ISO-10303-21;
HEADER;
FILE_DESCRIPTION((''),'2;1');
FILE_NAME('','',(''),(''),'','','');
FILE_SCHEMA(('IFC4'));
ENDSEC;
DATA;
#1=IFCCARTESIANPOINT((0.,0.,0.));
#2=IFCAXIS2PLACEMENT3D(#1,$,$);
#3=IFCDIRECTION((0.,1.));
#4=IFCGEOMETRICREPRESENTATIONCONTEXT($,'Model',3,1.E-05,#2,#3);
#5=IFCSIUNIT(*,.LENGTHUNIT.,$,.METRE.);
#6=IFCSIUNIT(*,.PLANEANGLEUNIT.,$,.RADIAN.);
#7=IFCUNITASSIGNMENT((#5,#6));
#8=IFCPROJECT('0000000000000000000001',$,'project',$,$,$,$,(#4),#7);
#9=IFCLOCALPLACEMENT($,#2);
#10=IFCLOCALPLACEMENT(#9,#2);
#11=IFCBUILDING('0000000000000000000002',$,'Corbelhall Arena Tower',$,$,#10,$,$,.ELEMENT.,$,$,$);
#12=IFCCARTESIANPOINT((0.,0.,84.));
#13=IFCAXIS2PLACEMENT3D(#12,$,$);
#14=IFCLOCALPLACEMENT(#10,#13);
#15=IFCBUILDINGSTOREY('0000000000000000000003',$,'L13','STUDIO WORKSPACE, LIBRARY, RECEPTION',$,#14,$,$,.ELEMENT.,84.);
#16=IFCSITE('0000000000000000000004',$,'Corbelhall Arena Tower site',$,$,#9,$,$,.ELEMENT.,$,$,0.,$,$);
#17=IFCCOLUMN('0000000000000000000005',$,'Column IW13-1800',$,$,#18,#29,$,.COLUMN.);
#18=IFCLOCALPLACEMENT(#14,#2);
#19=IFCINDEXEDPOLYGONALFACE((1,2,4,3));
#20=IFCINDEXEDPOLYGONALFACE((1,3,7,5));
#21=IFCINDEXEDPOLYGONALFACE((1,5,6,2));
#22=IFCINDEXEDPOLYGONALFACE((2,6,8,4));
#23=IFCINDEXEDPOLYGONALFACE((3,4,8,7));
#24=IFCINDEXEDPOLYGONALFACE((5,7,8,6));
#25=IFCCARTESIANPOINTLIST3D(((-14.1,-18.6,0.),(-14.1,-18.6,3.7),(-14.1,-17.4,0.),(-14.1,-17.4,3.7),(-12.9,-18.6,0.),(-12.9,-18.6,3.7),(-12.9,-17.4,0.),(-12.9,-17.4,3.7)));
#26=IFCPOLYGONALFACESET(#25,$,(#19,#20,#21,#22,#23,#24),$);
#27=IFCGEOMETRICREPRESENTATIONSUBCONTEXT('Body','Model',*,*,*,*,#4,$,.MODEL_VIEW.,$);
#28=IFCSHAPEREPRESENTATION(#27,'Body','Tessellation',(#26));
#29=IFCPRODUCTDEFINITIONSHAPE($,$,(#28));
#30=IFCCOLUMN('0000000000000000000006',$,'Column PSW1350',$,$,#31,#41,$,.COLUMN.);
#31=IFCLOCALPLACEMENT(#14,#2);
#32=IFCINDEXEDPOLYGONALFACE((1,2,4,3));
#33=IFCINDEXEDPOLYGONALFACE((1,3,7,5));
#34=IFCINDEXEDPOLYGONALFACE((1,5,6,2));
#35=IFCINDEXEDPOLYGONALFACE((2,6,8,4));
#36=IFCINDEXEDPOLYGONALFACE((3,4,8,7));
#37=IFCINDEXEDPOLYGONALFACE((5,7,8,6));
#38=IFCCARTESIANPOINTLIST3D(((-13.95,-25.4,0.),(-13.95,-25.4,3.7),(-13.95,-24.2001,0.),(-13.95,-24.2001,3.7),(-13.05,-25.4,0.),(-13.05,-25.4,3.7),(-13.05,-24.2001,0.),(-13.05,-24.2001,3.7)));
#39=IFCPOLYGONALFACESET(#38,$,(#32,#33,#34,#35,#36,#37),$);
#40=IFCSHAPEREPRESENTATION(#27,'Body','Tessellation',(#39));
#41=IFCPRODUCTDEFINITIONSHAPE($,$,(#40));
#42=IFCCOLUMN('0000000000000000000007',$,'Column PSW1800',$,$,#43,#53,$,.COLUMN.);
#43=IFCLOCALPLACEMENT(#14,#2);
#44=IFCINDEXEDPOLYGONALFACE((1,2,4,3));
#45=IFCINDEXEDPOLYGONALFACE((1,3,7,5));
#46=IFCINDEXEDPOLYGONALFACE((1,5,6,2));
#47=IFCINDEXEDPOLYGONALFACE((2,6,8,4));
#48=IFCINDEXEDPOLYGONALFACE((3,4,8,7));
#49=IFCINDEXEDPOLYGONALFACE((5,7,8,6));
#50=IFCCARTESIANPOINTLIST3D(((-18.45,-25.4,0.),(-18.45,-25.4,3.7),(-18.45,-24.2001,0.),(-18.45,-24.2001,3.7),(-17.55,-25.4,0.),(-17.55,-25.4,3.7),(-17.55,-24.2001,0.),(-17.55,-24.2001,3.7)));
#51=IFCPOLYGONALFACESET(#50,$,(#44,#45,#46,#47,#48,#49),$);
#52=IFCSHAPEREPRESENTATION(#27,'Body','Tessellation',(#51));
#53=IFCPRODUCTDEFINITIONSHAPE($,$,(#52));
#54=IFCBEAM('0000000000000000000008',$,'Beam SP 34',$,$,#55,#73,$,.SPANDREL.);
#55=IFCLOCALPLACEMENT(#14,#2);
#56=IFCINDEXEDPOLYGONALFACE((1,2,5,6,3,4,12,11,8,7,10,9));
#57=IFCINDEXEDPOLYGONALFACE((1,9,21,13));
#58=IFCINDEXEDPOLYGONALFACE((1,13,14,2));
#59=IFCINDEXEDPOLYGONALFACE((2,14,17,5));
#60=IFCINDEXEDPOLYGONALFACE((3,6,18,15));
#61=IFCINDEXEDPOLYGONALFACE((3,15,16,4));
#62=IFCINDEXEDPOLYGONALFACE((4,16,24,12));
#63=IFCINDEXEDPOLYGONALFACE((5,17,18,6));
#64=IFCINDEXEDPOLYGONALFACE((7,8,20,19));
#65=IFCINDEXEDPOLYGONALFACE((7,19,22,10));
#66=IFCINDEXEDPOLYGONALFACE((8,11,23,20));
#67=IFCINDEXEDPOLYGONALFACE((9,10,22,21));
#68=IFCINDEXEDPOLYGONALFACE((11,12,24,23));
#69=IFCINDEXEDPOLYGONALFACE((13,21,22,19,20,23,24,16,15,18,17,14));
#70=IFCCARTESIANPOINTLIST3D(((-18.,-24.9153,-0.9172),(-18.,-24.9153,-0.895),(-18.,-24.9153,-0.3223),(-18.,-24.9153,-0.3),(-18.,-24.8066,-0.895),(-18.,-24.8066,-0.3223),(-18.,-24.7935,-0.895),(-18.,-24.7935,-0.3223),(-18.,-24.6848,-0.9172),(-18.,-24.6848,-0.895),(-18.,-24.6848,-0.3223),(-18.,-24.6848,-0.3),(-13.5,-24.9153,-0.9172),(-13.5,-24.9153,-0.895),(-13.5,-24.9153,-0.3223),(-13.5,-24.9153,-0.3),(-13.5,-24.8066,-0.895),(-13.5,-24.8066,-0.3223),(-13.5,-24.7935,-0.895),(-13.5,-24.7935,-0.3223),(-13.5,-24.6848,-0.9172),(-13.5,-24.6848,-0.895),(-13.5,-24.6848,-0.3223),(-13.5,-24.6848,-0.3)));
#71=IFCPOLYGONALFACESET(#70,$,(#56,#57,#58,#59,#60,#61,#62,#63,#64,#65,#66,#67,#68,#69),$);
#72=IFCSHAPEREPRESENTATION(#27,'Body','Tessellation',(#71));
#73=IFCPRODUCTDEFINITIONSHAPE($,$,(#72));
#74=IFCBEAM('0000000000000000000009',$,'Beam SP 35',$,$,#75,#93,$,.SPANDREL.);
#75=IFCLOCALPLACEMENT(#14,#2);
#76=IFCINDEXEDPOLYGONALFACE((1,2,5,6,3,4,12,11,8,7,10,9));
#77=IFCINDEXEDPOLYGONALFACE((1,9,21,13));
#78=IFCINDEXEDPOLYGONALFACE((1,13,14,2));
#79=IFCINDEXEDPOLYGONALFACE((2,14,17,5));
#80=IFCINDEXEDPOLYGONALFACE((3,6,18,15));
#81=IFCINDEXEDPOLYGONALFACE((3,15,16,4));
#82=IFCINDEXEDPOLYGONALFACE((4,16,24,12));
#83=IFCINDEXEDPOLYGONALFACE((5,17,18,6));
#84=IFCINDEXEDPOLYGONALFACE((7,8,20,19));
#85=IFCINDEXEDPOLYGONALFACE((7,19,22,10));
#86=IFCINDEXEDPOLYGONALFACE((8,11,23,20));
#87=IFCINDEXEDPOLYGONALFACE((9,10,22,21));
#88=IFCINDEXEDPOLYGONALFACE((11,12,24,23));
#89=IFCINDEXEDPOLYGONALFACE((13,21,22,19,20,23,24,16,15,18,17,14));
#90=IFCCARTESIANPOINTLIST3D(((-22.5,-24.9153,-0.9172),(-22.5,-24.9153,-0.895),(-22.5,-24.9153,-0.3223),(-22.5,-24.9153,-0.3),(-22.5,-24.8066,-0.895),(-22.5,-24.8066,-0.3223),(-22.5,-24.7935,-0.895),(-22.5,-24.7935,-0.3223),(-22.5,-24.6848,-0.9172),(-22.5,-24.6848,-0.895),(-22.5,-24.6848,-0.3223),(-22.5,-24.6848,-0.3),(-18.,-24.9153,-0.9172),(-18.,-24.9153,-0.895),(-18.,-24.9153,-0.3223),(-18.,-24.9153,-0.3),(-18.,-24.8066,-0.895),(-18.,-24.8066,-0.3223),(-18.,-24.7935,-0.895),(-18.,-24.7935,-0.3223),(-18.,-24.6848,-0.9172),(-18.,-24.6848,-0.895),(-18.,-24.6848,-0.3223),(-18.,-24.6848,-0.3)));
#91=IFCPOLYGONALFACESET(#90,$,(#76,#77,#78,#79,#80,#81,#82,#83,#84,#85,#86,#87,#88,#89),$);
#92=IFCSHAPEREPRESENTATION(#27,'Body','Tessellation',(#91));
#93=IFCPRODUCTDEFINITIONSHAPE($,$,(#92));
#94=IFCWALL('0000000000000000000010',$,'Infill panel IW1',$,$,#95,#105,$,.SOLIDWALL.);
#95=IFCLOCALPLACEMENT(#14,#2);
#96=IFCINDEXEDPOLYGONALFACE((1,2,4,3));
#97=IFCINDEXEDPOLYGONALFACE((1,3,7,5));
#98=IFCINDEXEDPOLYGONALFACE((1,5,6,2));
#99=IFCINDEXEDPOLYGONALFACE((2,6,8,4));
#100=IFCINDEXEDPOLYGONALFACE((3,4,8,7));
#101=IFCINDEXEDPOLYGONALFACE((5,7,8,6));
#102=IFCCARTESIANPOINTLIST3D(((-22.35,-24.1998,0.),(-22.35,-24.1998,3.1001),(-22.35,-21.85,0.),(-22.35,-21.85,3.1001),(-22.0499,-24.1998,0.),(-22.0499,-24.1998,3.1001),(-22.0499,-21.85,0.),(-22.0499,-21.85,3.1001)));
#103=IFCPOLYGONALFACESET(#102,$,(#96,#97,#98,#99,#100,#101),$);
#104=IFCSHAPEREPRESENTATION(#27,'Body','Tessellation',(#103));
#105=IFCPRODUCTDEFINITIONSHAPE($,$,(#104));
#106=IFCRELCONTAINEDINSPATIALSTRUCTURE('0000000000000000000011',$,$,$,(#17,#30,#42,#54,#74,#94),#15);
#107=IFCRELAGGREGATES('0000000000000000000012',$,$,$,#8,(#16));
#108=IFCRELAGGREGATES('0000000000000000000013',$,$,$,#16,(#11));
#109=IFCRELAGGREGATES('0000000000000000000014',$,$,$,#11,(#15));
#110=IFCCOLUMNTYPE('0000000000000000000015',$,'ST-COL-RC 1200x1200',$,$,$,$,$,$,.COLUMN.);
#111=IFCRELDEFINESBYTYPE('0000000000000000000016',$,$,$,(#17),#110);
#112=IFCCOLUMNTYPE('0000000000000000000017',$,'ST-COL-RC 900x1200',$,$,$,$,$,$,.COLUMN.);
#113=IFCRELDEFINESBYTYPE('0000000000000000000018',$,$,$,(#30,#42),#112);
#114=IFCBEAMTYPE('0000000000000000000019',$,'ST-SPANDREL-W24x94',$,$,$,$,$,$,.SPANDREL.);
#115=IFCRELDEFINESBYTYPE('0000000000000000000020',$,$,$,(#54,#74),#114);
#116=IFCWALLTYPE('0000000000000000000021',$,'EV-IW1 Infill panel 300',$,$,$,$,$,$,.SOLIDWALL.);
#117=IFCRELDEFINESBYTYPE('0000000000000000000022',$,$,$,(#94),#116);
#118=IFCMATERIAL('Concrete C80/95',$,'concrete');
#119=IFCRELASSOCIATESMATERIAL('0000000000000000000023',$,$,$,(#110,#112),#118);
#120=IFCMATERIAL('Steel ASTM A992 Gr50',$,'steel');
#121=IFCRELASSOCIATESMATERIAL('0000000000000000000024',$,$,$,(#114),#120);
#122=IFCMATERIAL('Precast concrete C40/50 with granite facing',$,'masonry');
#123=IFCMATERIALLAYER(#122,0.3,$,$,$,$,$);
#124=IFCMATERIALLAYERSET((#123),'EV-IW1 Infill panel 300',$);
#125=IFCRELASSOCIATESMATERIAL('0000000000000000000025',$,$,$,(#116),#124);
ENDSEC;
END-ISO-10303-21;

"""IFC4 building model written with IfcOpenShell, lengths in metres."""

from ifc_helpers import new_model, si_unit, direction, frame, frame_2d, origin, origin_2d, place, context, subcontext, project, spatial, rectangle, i_section, extrude, material, layer, layer_set, material_profile, profile_set, type_object, element, save


model = new_model("IFC4")

# Units and contexts
model_context = context("Model", 3, precision=1e-05, world=origin(), true_north=direction((0.0, 1.0)))
body_context = subcontext(model_context, "Body", "Model", "MODEL_VIEW")
ifc_project = project(units=[si_unit("LENGTHUNIT", "METRE"), si_unit("PLANEANGLEUNIT", "RADIAN")], contexts=[model_context])

# Site, building, storey
site_placement = place(None, origin())
site = spatial("IfcSite", under=ifc_project, at=site_placement, Name="Corbelhall Arena Tower site", CompositionType="ELEMENT", RefElevation=0.0)
building_placement = place(site_placement, origin())
building = spatial("IfcBuilding", under=site, at=building_placement, Name="Corbelhall Arena Tower", CompositionType="ELEMENT")
storey_placement = place(building_placement, frame((0.0, 0.0, 84.0)))
storey = spatial("IfcBuildingStorey", under=building, at=storey_placement, Name="L13", Description="STUDIO WORKSPACE, LIBRARY, RECEPTION", CompositionType="ELEMENT", Elevation=84.0)

# Columns
ifc_material_1 = material(Name="Concrete C80/95", Category="concrete")
ifc_material_profile_1 = material_profile(ifc_material_1, rectangle(XDim=1.2, YDim=1.2, at=origin_2d()))
ifc_profile_set_1 = profile_set([ifc_material_profile_1], Name="Concrete C80/95")
column_type_1 = type_object("IfcColumnType", Name="ST-COL-RC 1200x1200", PredefinedType="COLUMN", material=ifc_profile_set_1)
column_placement = place(storey_placement, frame((-13.5, -18.0, 0.0), z_axis=(0.0, 0.0, 1.0), x_axis=(1.0, 0.0, 0.0)))
element("IfcColumn", 1, at=column_placement, inside=storey, type_object=column_type_1, Name="Column IW13-1800", PredefinedType="COLUMN", context=body_context, shape_type="SweptSolid", body=[
    extrude(rectangle(XDim=1.2, YDim=1.2, at=origin_2d()), origin(), (0.0, 0.0, 1.0), 3.7),
])
ifc_material_profile_2 = material_profile(ifc_material_1, rectangle(XDim=0.8999, YDim=1.2, at=origin_2d()))
ifc_profile_set_2 = profile_set([ifc_material_profile_2], Name="Concrete C80/95")
column_type_2 = type_object("IfcColumnType", Name="ST-COL-RC 900x1200", PredefinedType="COLUMN", material=ifc_profile_set_2)
for number, where, z_axis, x_axis, name in (
    (2, (-13.5, -24.8, 0.0), (0.0, 0.0, 1.0), (1.0, 0.0, 0.0), "Column PSW1350"),
    (3, (-18.0, -24.8, 0.0), (0.0, 0.0, 1.0), (1.0, 0.0, 0.0), "Column PSW1800"),
):
    element("IfcColumn", number, at=place(storey_placement, frame(where, z_axis=z_axis, x_axis=x_axis)), inside=storey, type_object=column_type_2, Name=name, PredefinedType="COLUMN", context=body_context, shape_type="SweptSolid", body=[
        extrude(rectangle(XDim=0.8999, YDim=1.2, at=origin_2d()), origin(), (0.0, 0.0, 1.0), 3.7),
    ])

# Beams
ifc_material_2 = material(Name="Steel ASTM A992 Gr50", Category="steel")
ifc_material_profile_3 = material_profile(ifc_material_2, i_section(OverallWidth=0.2305, OverallDepth=0.6172, WebThickness=0.0132, FlangeThickness=0.0222, at=origin_2d()))
ifc_profile_set_3 = profile_set([ifc_material_profile_3], Name="Steel ASTM A992 Gr50")
beam_type = type_object("IfcBeamType", Name="ST-SPANDREL-W24x94", PredefinedType="SPANDREL", material=ifc_profile_set_3)
for number, where, z_axis, x_axis, name in (
    (4, (-13.5, -24.8, -0.6086), (-1.0, 0.0, 0.0), (0.0, -1.0, 0.0), "Beam SP 34"),
    (5, (-18.0, -24.8, -0.6086), (-1.0, 0.0, 0.0), (0.0, -1.0, 0.0), "Beam SP 35"),
):
    element("IfcBeam", number, at=place(storey_placement, frame(where, z_axis=z_axis, x_axis=x_axis)), inside=storey, type_object=beam_type, Name=name, PredefinedType="SPANDREL", context=body_context, shape_type="SweptSolid", body=[
        extrude(i_section(OverallWidth=0.2305, OverallDepth=0.6172, WebThickness=0.0132, FlangeThickness=0.0222, at=origin_2d()), origin(), (0.0, 0.0, 1.0), 4.5),
    ])

# Wall
ifc_material_3 = material(Name="Precast concrete C40/50 with granite facing", Category="masonry")
ifc_layer_1 = layer(ifc_material_3, 0.3)
ifc_layer_set_1 = layer_set([ifc_layer_1], Name="EV-IW1 Infill panel 300")
wall_type_1 = type_object("IfcWallType", Name="EV-IW1 Infill panel 300", PredefinedType="SOLIDWALL", material=ifc_layer_set_1)
wall_1_placement = place(storey_placement, frame((-22.2, -21.8501, 0.0), z_axis=(0.0, 0.0, 1.0), x_axis=(0.0, -1.0, 0.0)))
element("IfcWall", 6, at=wall_1_placement, inside=storey, type_object=wall_type_1, Name="Infill panel IW1", PredefinedType="SOLIDWALL", context=body_context, shape_type="SweptSolid", body=[
    extrude(rectangle(XDim=2.3499, YDim=0.3, at=frame_2d((1.1748, 0.0))), origin(), (0.0, 0.0, 1.0), 3.1001),
])

save(model, "model.ifc")
